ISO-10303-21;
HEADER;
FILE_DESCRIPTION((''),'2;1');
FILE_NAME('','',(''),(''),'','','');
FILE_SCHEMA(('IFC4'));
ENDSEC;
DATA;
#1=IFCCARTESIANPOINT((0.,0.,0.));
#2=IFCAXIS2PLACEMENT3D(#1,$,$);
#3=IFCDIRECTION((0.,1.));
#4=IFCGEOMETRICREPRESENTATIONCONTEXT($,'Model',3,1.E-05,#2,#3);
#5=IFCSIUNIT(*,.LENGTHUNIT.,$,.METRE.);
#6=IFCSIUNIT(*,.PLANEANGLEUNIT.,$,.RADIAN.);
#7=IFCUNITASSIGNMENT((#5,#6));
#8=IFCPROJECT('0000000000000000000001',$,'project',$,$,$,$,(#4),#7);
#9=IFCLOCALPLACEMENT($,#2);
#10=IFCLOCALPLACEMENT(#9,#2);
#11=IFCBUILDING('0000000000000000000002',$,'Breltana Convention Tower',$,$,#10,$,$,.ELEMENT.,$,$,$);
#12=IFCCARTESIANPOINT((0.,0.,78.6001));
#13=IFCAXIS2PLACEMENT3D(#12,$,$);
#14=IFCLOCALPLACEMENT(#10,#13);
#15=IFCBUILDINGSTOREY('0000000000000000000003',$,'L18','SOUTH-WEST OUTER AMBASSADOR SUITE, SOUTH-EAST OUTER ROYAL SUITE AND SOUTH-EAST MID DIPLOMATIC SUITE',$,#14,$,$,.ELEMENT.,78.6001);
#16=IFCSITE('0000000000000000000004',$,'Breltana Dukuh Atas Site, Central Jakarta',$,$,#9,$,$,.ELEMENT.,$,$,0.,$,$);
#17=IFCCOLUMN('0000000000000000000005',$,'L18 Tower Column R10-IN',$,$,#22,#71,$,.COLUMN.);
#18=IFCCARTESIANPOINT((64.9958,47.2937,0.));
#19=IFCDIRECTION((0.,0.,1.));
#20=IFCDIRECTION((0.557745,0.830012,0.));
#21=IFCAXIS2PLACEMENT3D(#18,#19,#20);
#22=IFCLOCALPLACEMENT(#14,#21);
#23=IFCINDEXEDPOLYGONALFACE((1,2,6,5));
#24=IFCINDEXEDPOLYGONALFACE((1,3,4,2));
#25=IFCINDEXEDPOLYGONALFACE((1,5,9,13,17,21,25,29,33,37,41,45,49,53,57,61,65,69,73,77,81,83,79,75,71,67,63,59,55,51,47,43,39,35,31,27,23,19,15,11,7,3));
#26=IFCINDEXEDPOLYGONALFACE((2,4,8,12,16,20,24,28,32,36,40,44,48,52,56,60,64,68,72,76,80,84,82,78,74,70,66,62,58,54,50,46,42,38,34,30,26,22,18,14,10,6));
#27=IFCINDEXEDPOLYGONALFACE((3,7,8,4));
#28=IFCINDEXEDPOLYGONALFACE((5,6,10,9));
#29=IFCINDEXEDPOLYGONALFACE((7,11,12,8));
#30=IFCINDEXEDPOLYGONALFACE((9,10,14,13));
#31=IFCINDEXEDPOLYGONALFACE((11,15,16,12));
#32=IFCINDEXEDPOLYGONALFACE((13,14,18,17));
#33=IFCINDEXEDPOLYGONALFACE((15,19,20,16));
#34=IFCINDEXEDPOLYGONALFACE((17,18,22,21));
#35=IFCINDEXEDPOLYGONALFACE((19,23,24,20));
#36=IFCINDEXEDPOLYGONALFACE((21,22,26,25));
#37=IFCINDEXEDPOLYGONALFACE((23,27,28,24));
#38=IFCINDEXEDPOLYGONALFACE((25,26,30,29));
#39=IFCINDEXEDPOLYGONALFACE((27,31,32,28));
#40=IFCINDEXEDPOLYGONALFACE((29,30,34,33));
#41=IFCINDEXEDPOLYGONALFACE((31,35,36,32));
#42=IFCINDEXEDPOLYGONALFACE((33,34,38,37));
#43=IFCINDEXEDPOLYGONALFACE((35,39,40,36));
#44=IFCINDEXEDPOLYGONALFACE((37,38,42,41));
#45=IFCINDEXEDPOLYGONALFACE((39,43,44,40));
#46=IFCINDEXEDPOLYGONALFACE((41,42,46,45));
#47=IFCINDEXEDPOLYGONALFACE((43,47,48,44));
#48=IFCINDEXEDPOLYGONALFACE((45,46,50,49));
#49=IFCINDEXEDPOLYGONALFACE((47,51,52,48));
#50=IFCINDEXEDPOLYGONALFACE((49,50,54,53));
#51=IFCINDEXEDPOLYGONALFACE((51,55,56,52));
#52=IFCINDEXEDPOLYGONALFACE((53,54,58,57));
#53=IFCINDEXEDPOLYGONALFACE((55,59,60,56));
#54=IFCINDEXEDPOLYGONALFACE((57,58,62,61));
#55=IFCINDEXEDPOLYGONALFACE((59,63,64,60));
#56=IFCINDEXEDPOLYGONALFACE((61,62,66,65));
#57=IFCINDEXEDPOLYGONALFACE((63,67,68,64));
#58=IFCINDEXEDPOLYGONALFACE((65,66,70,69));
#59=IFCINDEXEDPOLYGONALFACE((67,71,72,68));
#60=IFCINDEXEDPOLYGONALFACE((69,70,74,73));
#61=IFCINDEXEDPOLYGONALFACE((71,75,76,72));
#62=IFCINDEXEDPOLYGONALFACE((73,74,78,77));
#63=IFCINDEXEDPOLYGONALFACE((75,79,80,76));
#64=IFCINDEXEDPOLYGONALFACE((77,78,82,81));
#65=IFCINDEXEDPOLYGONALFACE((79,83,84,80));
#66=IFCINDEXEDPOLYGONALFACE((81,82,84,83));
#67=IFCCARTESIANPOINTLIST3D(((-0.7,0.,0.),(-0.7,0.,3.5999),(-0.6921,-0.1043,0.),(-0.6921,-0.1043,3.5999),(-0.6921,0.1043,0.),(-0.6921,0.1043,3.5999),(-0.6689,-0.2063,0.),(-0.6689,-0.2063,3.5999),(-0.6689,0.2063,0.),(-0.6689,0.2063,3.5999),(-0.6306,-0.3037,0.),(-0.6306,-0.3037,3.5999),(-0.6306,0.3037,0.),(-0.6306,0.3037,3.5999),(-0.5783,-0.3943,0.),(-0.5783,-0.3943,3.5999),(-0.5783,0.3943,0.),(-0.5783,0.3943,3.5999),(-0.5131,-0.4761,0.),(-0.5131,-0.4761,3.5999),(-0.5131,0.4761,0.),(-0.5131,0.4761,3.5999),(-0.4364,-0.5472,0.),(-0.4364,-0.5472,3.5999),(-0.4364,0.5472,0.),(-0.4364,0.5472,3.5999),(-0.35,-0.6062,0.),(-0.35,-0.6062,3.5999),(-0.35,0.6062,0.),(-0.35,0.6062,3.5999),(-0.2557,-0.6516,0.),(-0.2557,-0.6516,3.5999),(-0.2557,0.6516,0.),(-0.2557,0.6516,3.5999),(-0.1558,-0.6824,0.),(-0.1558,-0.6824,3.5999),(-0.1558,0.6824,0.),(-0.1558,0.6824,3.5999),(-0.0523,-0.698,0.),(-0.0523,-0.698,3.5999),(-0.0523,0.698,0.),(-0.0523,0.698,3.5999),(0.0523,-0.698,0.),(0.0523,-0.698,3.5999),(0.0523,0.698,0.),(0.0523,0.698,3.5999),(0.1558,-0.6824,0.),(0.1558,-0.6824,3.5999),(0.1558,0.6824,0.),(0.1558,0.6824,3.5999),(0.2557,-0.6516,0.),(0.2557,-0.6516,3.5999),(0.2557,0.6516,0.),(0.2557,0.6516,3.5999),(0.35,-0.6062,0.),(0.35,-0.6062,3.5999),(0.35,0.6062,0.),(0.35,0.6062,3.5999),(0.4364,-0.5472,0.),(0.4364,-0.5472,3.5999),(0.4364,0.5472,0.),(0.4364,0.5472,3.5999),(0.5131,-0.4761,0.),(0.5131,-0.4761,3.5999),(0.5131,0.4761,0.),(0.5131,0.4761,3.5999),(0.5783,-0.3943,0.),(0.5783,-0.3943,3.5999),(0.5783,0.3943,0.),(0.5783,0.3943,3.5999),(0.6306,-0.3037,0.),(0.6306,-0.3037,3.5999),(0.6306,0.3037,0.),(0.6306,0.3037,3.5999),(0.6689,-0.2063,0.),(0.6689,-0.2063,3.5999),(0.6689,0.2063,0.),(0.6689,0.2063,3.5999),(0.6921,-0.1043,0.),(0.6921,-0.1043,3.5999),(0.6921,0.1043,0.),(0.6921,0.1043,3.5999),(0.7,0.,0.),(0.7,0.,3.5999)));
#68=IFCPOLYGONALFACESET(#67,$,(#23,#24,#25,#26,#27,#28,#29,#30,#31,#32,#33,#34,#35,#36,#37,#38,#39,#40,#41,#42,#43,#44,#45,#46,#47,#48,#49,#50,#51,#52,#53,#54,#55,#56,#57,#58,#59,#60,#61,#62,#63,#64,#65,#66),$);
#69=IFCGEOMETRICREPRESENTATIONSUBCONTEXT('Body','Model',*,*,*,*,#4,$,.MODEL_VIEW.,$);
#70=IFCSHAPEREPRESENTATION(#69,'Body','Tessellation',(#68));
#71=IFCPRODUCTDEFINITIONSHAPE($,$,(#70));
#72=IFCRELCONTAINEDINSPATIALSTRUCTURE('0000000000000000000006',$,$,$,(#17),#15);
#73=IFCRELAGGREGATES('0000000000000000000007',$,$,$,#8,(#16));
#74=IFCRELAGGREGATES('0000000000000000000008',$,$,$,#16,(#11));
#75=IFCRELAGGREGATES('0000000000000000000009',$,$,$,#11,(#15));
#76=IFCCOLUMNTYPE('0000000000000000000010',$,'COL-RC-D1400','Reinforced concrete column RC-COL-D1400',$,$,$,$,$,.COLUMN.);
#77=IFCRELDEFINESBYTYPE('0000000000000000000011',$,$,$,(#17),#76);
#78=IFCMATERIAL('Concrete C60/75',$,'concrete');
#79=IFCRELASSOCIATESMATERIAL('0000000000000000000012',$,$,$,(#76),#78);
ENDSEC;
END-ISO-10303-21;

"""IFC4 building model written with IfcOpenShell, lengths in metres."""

from ifc_helpers import new_model, si_unit, direction, frame, origin, origin_2d, place, context, subcontext, project, spatial, circle, extrude, source, transform, mapped, material, material_profile, profile_set, type_object, element, save


model = new_model("IFC4")

# Units and contexts
model_context = context("Model", 3, precision=1e-05, world=origin(), true_north=direction((0.0, 1.0)))
body_context = subcontext(model_context, "Body", "Model", "MODEL_VIEW")
ifc_project = project(units=[si_unit("LENGTHUNIT", "METRE"), si_unit("PLANEANGLEUNIT", "RADIAN")], contexts=[model_context])

# Site, building, storey
site_placement = place(None, origin())
site = spatial("IfcSite", under=ifc_project, at=site_placement, Name="Breltana Dukuh Atas Site, Central Jakarta", CompositionType="ELEMENT", RefElevation=0.0)
building_placement = place(site_placement, origin())
building = spatial("IfcBuilding", under=site, at=building_placement, Name="Breltana Convention Tower", CompositionType="ELEMENT")
storey_placement = place(building_placement, frame((0.0, 0.0, 78.6001)))
storey = spatial("IfcBuildingStorey", under=building, at=storey_placement, Name="L18", Description="SOUTH-WEST OUTER AMBASSADOR SUITE, SOUTH-EAST OUTER ROYAL SUITE AND SOUTH-EAST MID DIPLOMATIC SUITE", CompositionType="ELEMENT", Elevation=78.6001)

# Column
ifc_material_1 = material(Name="Concrete C60/75", Category="concrete")
ifc_material_profile_1 = material_profile(ifc_material_1, circle(Radius=0.7, at=origin_2d()), Name="RC-COL-D1400")
ifc_profile_set_1 = profile_set([ifc_material_profile_1], Name="Concrete C60/75")
column_type_1 = type_object("IfcColumnType", Name="COL-RC-D1400", Description="Reinforced concrete column RC-COL-D1400", PredefinedType="COLUMN", material=ifc_profile_set_1)
shared_shape_1 = source(origin(), body_context, "Body", "SweptSolid", [
    extrude(circle(Radius=0.7, at=origin_2d()), origin(), (0.0, 0.0, 1.0), 3.5999),
])
column_1_placement = place(storey_placement, frame((64.9958, 47.2937, 0.0), z_axis=(0.0, 0.0, 1.0), x_axis=(0.557745, 0.830012, 0.0)))
element("IfcColumn", 1, at=column_1_placement, inside=storey, type_object=column_type_1, Name="L18 Tower Column R10-IN", PredefinedType="COLUMN", context=body_context, shape_type="MappedRepresentation", body=[
    mapped(shared_shape_1, transform((0.0, 0.0, 0.0), scale=1.0)),
])

save(model, "model.ifc")
